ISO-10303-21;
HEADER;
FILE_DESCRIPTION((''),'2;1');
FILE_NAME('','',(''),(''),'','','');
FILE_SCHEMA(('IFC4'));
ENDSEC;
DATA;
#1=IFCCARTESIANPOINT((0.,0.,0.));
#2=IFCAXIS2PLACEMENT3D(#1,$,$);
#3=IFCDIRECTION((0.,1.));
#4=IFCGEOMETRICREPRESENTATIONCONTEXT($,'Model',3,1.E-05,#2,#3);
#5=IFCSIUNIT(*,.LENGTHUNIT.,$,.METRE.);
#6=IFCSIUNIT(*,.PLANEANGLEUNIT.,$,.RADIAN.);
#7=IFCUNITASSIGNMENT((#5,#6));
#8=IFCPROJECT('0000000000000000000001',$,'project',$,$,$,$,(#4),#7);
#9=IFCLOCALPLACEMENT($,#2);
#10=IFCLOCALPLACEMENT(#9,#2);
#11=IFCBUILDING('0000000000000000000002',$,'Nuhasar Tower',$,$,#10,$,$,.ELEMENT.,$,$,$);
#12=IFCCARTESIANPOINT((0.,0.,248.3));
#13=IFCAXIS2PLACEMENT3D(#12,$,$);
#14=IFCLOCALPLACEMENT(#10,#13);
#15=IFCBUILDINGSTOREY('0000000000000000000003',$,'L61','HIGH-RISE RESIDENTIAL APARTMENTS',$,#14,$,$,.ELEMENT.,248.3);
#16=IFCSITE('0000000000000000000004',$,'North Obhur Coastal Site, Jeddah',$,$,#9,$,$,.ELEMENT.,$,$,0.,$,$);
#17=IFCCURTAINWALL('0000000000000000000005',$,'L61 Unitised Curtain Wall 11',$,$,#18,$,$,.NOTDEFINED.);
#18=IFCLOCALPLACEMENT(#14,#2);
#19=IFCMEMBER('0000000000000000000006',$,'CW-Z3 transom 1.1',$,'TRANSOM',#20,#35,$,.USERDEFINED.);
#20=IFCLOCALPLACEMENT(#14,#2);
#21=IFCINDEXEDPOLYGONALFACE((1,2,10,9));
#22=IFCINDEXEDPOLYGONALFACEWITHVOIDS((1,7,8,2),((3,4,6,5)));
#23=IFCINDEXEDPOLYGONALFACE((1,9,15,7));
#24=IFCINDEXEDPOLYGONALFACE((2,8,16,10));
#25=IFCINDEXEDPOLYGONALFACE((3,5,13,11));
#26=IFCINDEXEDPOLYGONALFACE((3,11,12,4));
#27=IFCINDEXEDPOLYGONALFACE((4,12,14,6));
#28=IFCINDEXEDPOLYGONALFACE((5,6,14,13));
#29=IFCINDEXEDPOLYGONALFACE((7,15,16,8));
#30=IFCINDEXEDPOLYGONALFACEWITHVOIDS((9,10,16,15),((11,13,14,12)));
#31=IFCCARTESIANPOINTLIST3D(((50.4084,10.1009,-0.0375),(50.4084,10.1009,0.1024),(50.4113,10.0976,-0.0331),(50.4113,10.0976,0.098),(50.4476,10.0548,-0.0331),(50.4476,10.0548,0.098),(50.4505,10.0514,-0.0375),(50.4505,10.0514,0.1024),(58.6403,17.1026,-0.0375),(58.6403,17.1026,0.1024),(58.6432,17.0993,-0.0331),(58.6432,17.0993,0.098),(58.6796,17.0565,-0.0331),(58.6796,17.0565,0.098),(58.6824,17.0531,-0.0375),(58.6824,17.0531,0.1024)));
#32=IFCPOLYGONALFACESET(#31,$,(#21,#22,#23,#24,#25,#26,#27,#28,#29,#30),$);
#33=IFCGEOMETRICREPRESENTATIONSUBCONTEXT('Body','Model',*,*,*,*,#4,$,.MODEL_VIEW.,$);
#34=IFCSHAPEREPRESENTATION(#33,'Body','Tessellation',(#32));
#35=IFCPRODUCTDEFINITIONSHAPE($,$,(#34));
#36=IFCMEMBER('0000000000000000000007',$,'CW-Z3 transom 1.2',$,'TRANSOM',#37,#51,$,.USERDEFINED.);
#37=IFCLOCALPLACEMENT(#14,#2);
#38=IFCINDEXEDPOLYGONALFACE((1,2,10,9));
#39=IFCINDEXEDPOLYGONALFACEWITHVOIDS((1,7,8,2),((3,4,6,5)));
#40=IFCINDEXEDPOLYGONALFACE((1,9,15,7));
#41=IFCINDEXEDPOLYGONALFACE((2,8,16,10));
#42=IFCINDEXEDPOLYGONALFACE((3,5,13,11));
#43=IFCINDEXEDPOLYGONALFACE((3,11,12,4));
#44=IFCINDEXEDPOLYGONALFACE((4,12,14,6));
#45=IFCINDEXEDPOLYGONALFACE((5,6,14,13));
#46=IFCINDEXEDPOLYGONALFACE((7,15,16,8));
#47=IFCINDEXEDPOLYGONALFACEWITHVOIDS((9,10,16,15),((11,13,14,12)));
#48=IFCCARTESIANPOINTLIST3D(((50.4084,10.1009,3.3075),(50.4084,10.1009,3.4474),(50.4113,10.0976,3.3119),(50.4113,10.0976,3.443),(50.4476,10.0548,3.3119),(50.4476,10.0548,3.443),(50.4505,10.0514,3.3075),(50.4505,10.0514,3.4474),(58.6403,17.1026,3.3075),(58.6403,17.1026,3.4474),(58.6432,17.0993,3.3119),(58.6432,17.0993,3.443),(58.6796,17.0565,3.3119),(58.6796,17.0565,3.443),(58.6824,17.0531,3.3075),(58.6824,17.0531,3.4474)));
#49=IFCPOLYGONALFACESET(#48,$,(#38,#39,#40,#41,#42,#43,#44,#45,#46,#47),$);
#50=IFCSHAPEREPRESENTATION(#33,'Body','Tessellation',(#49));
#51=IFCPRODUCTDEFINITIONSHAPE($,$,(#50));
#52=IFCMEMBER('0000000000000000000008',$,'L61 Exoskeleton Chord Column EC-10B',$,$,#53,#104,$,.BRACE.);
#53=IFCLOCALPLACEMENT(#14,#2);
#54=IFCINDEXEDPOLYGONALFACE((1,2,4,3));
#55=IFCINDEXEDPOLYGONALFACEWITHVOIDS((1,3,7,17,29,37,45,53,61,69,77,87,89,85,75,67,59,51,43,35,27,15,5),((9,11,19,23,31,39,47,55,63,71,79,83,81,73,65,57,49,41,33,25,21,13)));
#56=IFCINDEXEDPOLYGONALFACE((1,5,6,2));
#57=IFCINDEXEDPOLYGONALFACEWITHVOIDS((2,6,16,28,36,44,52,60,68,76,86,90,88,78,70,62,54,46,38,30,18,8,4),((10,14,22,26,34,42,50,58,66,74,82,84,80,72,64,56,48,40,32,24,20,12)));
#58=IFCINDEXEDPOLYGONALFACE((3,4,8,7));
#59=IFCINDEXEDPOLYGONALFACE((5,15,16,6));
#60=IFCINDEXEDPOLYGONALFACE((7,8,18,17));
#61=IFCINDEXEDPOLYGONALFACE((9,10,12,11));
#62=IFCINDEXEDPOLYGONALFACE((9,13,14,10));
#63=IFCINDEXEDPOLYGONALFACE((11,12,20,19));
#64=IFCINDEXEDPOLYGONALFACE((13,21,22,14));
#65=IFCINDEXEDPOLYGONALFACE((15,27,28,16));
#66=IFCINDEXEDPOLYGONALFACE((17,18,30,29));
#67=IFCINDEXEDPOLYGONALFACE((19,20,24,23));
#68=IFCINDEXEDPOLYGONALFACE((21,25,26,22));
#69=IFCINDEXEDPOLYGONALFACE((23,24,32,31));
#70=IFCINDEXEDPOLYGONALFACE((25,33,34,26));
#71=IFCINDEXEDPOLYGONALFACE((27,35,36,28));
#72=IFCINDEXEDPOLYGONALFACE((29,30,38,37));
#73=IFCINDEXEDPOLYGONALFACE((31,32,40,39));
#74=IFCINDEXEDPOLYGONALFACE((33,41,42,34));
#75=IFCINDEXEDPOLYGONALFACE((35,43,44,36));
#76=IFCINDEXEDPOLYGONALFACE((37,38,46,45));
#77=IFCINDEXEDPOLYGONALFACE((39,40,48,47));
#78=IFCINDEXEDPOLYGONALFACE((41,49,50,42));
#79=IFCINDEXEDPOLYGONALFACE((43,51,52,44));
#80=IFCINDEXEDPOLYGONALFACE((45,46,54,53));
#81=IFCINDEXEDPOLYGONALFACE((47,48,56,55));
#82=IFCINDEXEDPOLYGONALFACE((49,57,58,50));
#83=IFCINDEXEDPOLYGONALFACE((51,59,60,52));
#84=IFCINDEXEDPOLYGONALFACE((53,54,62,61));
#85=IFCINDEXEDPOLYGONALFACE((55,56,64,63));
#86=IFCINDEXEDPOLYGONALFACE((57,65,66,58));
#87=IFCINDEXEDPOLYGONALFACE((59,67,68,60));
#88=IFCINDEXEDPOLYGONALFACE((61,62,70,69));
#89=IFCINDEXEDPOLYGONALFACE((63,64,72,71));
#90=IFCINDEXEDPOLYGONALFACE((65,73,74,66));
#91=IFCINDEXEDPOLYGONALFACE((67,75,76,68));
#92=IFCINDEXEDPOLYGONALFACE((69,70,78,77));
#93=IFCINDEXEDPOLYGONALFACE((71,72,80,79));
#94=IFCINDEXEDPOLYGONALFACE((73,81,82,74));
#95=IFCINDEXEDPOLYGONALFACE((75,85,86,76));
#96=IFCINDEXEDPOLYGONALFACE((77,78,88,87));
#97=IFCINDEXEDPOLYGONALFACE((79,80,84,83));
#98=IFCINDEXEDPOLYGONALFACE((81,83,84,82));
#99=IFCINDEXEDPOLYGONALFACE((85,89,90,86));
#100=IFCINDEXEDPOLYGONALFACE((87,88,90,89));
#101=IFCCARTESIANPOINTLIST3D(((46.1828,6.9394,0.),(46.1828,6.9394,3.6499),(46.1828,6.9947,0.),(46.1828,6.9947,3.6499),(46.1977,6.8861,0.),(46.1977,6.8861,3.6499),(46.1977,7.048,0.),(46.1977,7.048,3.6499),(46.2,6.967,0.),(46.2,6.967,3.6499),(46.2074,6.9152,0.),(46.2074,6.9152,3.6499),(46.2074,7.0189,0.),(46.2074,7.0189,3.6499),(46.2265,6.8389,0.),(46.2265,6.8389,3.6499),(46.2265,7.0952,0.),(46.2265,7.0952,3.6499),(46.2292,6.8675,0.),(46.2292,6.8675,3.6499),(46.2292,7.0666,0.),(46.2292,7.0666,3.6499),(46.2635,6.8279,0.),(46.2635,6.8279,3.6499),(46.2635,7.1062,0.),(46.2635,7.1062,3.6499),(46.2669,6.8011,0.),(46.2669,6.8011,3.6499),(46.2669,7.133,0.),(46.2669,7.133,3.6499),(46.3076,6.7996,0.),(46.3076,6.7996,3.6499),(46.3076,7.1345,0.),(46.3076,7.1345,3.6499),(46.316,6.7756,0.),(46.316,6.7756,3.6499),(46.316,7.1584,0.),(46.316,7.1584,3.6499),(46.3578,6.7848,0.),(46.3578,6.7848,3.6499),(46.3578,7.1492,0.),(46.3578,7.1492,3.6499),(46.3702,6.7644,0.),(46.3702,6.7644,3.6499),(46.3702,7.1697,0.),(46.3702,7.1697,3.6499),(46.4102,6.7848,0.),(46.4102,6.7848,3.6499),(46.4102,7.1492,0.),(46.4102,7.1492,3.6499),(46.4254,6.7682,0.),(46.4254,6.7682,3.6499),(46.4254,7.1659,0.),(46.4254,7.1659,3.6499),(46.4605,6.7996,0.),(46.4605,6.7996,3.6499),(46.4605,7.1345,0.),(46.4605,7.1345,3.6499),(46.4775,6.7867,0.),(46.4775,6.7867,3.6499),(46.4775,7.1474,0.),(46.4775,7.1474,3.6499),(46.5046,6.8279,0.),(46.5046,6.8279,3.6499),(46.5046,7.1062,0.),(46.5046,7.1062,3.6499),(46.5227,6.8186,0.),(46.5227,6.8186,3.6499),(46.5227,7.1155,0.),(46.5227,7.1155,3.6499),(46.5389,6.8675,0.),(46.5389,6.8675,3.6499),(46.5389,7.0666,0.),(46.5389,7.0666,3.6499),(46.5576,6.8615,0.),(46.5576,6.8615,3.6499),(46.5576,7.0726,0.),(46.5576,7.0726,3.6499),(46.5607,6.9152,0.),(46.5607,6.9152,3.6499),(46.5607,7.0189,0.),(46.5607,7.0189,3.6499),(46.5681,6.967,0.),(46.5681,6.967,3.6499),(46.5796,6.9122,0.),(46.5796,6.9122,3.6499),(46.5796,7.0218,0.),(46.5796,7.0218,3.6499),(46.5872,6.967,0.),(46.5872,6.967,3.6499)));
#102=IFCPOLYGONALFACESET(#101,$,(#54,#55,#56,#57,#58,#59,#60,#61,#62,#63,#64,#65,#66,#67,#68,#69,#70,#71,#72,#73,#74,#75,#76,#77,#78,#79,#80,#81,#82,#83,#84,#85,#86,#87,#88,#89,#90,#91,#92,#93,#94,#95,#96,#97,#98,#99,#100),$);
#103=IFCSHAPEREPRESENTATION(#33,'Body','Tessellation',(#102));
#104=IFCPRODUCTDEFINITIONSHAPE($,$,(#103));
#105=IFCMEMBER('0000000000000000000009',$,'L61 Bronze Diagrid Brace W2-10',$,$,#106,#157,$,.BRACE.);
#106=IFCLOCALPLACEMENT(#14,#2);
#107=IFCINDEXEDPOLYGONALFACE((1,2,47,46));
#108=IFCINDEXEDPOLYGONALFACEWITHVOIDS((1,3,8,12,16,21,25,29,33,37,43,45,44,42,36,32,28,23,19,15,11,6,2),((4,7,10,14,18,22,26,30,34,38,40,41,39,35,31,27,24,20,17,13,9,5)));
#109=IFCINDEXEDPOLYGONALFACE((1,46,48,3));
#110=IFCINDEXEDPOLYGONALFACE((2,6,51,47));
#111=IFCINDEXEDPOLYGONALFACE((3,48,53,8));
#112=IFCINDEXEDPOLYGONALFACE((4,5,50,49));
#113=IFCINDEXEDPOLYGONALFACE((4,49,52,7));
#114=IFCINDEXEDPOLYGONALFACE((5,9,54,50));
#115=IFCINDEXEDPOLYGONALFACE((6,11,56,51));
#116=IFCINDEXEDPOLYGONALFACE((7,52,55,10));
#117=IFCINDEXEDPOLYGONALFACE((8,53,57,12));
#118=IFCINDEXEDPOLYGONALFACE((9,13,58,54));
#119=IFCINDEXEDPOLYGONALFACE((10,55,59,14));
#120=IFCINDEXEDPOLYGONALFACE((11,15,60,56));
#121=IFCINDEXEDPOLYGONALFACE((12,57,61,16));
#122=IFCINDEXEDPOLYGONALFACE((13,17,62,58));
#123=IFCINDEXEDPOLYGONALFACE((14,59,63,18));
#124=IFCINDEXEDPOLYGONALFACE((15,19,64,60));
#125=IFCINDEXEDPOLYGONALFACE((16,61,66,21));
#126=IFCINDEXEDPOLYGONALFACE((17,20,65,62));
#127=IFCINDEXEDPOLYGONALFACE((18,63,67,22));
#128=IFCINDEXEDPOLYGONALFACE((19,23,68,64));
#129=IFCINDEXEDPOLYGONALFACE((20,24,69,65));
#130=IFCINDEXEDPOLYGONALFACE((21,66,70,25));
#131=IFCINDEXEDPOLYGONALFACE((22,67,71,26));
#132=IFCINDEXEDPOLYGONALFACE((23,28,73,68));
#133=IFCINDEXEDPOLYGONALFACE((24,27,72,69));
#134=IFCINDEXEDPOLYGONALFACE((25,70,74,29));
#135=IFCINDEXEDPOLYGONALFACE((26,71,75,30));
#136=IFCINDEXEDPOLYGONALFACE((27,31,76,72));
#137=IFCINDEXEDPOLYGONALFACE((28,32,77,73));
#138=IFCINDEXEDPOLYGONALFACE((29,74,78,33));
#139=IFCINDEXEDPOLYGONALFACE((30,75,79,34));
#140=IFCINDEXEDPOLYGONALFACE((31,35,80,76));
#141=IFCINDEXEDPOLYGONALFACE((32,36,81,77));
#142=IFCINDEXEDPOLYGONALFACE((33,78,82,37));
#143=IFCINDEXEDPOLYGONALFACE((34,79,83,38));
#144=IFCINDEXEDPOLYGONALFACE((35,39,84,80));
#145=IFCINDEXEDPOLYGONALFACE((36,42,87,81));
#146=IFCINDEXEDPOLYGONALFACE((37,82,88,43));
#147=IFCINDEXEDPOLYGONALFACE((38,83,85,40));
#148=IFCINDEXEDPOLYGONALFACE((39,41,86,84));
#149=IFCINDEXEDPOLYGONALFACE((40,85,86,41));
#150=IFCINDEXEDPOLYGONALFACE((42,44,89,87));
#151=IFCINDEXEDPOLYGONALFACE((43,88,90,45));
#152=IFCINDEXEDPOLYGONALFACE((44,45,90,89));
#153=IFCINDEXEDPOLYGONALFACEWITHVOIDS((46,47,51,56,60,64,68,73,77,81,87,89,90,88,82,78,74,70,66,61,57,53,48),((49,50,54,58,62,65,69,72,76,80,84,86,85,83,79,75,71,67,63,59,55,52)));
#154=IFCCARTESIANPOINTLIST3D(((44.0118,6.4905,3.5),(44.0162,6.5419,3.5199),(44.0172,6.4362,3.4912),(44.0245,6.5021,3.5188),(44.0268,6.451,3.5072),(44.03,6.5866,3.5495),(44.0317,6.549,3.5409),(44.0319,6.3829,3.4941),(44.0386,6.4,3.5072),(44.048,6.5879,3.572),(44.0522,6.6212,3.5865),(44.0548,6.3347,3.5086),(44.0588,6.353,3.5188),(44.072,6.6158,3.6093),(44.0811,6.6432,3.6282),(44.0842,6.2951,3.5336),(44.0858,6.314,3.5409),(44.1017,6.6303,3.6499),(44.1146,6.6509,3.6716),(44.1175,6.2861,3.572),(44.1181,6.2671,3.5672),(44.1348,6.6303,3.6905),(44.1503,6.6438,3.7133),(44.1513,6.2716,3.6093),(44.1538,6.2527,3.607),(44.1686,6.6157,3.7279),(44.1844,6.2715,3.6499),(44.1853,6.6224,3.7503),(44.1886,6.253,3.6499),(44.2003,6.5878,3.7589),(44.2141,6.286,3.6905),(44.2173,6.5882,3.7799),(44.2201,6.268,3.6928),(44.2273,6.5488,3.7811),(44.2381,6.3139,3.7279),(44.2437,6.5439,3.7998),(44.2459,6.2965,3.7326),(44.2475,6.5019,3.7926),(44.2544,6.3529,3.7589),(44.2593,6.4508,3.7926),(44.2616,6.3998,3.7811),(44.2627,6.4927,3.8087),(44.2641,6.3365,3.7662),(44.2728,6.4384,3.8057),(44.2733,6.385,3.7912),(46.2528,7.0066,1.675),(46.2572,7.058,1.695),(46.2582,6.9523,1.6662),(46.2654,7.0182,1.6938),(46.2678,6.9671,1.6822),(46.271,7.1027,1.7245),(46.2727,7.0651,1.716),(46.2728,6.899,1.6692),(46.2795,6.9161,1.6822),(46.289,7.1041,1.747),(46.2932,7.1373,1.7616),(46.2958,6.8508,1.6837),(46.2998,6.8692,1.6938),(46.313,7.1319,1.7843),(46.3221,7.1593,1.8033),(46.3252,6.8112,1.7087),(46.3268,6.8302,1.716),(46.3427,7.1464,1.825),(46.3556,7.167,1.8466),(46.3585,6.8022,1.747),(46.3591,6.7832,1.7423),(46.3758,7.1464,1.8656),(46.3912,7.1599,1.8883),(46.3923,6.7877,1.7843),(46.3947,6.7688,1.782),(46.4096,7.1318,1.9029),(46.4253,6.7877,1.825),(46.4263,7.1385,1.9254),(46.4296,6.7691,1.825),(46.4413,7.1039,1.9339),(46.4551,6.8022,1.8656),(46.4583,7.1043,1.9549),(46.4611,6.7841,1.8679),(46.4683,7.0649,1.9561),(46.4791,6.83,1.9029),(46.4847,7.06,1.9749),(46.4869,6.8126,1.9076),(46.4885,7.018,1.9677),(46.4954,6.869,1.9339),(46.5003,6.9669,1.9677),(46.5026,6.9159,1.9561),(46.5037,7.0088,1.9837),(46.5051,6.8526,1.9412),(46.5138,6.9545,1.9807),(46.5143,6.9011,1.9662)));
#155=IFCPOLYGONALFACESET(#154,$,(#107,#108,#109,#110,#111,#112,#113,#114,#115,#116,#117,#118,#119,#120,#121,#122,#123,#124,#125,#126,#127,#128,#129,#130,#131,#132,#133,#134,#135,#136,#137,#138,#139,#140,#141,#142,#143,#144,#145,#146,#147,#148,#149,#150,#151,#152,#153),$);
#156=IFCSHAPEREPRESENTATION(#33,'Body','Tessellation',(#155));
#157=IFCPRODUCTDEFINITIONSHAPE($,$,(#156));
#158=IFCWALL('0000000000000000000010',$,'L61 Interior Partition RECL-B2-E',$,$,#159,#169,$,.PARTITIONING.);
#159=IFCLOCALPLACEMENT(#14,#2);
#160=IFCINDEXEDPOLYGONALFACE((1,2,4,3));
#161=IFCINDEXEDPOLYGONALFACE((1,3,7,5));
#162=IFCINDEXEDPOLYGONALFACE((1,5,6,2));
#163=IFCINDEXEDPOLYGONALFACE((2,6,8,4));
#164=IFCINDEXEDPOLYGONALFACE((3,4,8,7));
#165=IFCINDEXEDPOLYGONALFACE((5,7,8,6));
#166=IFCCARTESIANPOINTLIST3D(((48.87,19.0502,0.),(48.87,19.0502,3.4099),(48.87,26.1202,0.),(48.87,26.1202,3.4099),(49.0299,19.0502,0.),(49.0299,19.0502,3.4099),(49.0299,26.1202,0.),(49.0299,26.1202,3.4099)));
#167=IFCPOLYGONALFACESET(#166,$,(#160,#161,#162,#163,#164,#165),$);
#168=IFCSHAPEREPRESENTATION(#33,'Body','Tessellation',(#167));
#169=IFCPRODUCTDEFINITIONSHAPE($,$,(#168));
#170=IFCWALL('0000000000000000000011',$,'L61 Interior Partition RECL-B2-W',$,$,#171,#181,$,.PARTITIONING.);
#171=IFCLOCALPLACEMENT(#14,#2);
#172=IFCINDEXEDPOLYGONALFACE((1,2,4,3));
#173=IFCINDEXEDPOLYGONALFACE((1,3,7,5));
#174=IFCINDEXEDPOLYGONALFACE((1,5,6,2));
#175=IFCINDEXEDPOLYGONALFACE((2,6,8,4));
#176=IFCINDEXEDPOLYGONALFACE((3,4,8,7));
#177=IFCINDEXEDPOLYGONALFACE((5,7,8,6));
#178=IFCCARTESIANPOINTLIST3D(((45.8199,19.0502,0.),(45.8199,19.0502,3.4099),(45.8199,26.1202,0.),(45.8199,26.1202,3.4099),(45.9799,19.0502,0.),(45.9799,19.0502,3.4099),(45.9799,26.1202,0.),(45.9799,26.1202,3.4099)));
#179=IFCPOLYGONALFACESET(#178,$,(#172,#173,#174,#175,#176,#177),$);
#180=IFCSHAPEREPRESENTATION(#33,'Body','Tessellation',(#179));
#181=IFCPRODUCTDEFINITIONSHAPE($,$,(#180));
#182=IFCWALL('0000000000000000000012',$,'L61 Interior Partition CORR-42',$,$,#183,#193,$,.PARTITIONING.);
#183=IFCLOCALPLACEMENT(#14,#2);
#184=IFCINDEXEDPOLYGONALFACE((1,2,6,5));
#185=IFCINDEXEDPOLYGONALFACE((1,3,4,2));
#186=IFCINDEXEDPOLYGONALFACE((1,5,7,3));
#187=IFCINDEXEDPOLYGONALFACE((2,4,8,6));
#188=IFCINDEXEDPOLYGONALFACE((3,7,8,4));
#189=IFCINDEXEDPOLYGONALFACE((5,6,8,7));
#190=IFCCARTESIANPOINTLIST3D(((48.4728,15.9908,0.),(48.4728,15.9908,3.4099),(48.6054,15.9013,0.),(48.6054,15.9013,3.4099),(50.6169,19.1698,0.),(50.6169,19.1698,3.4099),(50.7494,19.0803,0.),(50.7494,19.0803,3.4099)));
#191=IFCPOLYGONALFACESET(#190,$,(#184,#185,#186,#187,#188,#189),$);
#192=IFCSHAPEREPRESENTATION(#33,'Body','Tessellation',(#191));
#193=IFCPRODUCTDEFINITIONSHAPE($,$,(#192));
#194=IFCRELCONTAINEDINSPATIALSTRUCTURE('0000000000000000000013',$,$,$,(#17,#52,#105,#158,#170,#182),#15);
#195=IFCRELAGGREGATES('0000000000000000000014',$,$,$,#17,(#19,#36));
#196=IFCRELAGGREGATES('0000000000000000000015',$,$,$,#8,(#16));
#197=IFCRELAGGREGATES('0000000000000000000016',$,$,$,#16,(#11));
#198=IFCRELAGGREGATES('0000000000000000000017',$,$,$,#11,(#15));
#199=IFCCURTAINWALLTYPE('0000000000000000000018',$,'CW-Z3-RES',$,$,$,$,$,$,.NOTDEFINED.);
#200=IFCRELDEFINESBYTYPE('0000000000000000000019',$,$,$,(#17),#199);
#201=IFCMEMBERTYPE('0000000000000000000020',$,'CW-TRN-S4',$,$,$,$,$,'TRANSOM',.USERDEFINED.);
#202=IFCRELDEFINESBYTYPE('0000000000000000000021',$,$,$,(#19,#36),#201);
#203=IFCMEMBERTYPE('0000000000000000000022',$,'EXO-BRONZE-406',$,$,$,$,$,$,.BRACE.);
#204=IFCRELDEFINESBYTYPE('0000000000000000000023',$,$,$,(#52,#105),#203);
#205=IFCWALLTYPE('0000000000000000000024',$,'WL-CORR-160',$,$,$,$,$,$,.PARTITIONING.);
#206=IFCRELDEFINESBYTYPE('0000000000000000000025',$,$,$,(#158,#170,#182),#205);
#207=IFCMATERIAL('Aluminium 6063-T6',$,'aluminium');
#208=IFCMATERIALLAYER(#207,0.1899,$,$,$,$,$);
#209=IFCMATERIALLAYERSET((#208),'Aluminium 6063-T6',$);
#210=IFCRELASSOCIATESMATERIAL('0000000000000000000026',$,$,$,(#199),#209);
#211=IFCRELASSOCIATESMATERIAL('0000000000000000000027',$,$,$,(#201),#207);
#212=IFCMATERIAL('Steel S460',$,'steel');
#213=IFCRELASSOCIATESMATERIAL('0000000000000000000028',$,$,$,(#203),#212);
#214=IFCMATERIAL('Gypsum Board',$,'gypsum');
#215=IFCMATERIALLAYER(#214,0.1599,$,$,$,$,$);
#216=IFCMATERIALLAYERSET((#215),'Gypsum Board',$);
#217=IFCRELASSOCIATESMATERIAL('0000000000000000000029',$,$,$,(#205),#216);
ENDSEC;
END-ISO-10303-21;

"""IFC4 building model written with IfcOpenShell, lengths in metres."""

from ifc_helpers import new_model, si_unit, direction, frame, frame_2d, origin, origin_2d, place, context, subcontext, project, spatial, rectangle, hollow_rectangle, hollow_circle, extrude, material, layer, layer_set, material_profile, profile_set, type_object, element, aggregate, save


model = new_model("IFC4")

# Units and contexts
model_context = context("Model", 3, precision=1e-05, world=origin(), true_north=direction((0.0, 1.0)))
body_context = subcontext(model_context, "Body", "Model", "MODEL_VIEW")
ifc_project = project(units=[si_unit("LENGTHUNIT", "METRE"), si_unit("PLANEANGLEUNIT", "RADIAN")], contexts=[model_context])

# Site, building, storey
site_placement = place(None, origin())
site = spatial("IfcSite", under=ifc_project, at=site_placement, Name="North Obhur Coastal Site, Jeddah", CompositionType="ELEMENT", RefElevation=0.0)
building_placement = place(site_placement, origin())
building = spatial("IfcBuilding", under=site, at=building_placement, Name="Nuhasar Tower", CompositionType="ELEMENT")
storey_placement = place(building_placement, frame((0.0, 0.0, 248.3)))
storey = spatial("IfcBuildingStorey", under=building, at=storey_placement, Name="L61", Description="HIGH-RISE RESIDENTIAL APARTMENTS", CompositionType="ELEMENT", Elevation=248.3)

# Shared definitions
ifc_material_1 = material(Name="Aluminium 6063-T6", Category="aluminium")
ifc_layer_1 = layer(ifc_material_1, 0.1899)
ifc_layer_set_1 = layer_set([ifc_layer_1], Name="Aluminium 6063-T6")
curtain_wall_type = type_object("IfcCurtainWallType", Name="CW-Z3-RES", PredefinedType="NOTDEFINED", material=ifc_layer_set_1)

# Curtain wall, members
curtain_wall_1_placement = place(storey_placement, origin())
curtain_wall_1 = element("IfcCurtainWall", 1, at=curtain_wall_1_placement, inside=storey, type_object=curtain_wall_type, Name="L61 Unitised Curtain Wall 11", PredefinedType="NOTDEFINED")
ifc_material_profile_1 = material_profile(ifc_material_1, hollow_rectangle(XDim=0.0649, YDim=0.1399, WallThickness=0.0044, at=origin_2d()), Name="CWT-4")
ifc_profile_set_1 = profile_set([ifc_material_profile_1], Name="Aluminium 6063-T6")
member_type_1 = type_object("IfcMemberType", Name="CW-TRN-S4", ElementType="TRANSOM", PredefinedType="USERDEFINED", material=ifc_profile_set_1)
member_1_placement = place(storey_placement, frame((50.4294, 10.0762, 0.0325), z_axis=(0.761731, 0.647894, 0.0), x_axis=(-0.647894, 0.761731, 0.0)))
member_1 = element("IfcMember", 2, at=member_1_placement, type_object=member_type_1, Name="CW-Z3 transom 1.1", ObjectType="TRANSOM", PredefinedType="USERDEFINED", context=body_context, shape_type="SweptSolid", body=[
    extrude(hollow_rectangle(XDim=0.0649, YDim=0.1399, WallThickness=0.0044, at=origin_2d()), origin(), (0.0, 0.0, 1.0), 10.8069),
])
member_2_placement = place(storey_placement, frame((50.4294, 10.0762, 3.3774), z_axis=(0.761731, 0.647894, 0.0), x_axis=(-0.647894, 0.761731, 0.0)))
member_2 = element("IfcMember", 3, at=member_2_placement, type_object=member_type_1, Name="CW-Z3 transom 1.2", ObjectType="TRANSOM", PredefinedType="USERDEFINED", context=body_context, shape_type="SweptSolid", body=[
    extrude(hollow_rectangle(XDim=0.0649, YDim=0.1399, WallThickness=0.0044, at=origin_2d()), origin(), (0.0, 0.0, 1.0), 10.8069),
])
aggregate(curtain_wall_1, [member_1, member_2])

# Members
ifc_material_2 = material(Name="Steel S460", Category="steel")
ifc_material_profile_2 = material_profile(ifc_material_2, hollow_circle(Radius=0.2031, WallThickness=0.019, at=origin_2d()), Name="HSS406.4X19.1")
ifc_profile_set_2 = profile_set([ifc_material_profile_2], Name="Steel S460")
member_type_2 = type_object("IfcMemberType", Name="EXO-BRONZE-406", PredefinedType="BRACE", material=ifc_profile_set_2)
member_3_placement = place(storey_placement, frame((46.384, 6.967, 0.0), z_axis=(0.0, 0.0, 1.0), x_axis=(1.0, 0.0, 0.0)))
element("IfcMember", 4, at=member_3_placement, inside=storey, type_object=member_type_2, Name="L61 Exoskeleton Chord Column EC-10B", PredefinedType="BRACE", context=body_context, shape_type="SweptSolid", body=[
    extrude(hollow_circle(Radius=0.2031, WallThickness=0.019, at=origin_2d()), origin(), (0.0, 0.0, 1.0), 3.6499),
])
member_4_placement = place(storey_placement, frame((46.384, 6.967, 1.825), z_axis=(-0.763332, -0.175802, 0.621626), x_axis=(0.224433, -0.97449, 0.0)))
element("IfcMember", 5, at=member_4_placement, inside=storey, type_object=member_type_2, Name="L61 Bronze Diagrid Brace W2-10", PredefinedType="BRACE", context=body_context, shape_type="SweptSolid", body=[
    extrude(hollow_circle(Radius=0.2031, WallThickness=0.019, at=origin_2d()), origin(), (0.0, 0.0, 1.0), 2.9358),
])

# Walls
ifc_material_3 = material(Name="Gypsum Board", Category="gypsum")
ifc_layer_2 = layer(ifc_material_3, 0.1599)
ifc_layer_set_2 = layer_set([ifc_layer_2], Name="Gypsum Board")
wall_type_1 = type_object("IfcWallType", Name="WL-CORR-160", PredefinedType="PARTITIONING", material=ifc_layer_set_2)
for number, where, z_axis, x_axis, name in (
    (6, (48.95, 19.05, 0.0), (0.0, 0.0, 1.0), (0.0, 1.0, 0.0), "L61 Interior Partition RECL-B2-E"),
    (7, (45.8999, 19.05, 0.0), (0.0, 0.0, 1.0), (0.0, 1.0, 0.0), "L61 Interior Partition RECL-B2-W"),
):
    element("IfcWall", number, at=place(storey_placement, frame(where, z_axis=z_axis, x_axis=x_axis)), inside=storey, type_object=wall_type_1, Name=name, PredefinedType="PARTITIONING", context=body_context, shape_type="SweptSolid", body=[
        extrude(rectangle(XDim=7.0701, YDim=0.1599, at=frame_2d((3.5352, 0.0))), origin(), (0.0, 0.0, 1.0), 3.4099),
    ])
wall_1_placement = place(storey_placement, frame((48.5391, 15.946, 0.0), z_axis=(0.0, 0.0, 1.0), x_axis=(0.559159, 0.82906, 0.0)))
element("IfcWall", 8, at=wall_1_placement, inside=storey, type_object=wall_type_1, Name="L61 Interior Partition CORR-42", PredefinedType="PARTITIONING", context=body_context, shape_type="SweptSolid", body=[
    extrude(rectangle(XDim=3.8345, YDim=0.1599, at=frame_2d((1.9172, 0.0))), origin(), (0.0, 0.0, 1.0), 3.4099),
])

save(model, "model.ifc")
